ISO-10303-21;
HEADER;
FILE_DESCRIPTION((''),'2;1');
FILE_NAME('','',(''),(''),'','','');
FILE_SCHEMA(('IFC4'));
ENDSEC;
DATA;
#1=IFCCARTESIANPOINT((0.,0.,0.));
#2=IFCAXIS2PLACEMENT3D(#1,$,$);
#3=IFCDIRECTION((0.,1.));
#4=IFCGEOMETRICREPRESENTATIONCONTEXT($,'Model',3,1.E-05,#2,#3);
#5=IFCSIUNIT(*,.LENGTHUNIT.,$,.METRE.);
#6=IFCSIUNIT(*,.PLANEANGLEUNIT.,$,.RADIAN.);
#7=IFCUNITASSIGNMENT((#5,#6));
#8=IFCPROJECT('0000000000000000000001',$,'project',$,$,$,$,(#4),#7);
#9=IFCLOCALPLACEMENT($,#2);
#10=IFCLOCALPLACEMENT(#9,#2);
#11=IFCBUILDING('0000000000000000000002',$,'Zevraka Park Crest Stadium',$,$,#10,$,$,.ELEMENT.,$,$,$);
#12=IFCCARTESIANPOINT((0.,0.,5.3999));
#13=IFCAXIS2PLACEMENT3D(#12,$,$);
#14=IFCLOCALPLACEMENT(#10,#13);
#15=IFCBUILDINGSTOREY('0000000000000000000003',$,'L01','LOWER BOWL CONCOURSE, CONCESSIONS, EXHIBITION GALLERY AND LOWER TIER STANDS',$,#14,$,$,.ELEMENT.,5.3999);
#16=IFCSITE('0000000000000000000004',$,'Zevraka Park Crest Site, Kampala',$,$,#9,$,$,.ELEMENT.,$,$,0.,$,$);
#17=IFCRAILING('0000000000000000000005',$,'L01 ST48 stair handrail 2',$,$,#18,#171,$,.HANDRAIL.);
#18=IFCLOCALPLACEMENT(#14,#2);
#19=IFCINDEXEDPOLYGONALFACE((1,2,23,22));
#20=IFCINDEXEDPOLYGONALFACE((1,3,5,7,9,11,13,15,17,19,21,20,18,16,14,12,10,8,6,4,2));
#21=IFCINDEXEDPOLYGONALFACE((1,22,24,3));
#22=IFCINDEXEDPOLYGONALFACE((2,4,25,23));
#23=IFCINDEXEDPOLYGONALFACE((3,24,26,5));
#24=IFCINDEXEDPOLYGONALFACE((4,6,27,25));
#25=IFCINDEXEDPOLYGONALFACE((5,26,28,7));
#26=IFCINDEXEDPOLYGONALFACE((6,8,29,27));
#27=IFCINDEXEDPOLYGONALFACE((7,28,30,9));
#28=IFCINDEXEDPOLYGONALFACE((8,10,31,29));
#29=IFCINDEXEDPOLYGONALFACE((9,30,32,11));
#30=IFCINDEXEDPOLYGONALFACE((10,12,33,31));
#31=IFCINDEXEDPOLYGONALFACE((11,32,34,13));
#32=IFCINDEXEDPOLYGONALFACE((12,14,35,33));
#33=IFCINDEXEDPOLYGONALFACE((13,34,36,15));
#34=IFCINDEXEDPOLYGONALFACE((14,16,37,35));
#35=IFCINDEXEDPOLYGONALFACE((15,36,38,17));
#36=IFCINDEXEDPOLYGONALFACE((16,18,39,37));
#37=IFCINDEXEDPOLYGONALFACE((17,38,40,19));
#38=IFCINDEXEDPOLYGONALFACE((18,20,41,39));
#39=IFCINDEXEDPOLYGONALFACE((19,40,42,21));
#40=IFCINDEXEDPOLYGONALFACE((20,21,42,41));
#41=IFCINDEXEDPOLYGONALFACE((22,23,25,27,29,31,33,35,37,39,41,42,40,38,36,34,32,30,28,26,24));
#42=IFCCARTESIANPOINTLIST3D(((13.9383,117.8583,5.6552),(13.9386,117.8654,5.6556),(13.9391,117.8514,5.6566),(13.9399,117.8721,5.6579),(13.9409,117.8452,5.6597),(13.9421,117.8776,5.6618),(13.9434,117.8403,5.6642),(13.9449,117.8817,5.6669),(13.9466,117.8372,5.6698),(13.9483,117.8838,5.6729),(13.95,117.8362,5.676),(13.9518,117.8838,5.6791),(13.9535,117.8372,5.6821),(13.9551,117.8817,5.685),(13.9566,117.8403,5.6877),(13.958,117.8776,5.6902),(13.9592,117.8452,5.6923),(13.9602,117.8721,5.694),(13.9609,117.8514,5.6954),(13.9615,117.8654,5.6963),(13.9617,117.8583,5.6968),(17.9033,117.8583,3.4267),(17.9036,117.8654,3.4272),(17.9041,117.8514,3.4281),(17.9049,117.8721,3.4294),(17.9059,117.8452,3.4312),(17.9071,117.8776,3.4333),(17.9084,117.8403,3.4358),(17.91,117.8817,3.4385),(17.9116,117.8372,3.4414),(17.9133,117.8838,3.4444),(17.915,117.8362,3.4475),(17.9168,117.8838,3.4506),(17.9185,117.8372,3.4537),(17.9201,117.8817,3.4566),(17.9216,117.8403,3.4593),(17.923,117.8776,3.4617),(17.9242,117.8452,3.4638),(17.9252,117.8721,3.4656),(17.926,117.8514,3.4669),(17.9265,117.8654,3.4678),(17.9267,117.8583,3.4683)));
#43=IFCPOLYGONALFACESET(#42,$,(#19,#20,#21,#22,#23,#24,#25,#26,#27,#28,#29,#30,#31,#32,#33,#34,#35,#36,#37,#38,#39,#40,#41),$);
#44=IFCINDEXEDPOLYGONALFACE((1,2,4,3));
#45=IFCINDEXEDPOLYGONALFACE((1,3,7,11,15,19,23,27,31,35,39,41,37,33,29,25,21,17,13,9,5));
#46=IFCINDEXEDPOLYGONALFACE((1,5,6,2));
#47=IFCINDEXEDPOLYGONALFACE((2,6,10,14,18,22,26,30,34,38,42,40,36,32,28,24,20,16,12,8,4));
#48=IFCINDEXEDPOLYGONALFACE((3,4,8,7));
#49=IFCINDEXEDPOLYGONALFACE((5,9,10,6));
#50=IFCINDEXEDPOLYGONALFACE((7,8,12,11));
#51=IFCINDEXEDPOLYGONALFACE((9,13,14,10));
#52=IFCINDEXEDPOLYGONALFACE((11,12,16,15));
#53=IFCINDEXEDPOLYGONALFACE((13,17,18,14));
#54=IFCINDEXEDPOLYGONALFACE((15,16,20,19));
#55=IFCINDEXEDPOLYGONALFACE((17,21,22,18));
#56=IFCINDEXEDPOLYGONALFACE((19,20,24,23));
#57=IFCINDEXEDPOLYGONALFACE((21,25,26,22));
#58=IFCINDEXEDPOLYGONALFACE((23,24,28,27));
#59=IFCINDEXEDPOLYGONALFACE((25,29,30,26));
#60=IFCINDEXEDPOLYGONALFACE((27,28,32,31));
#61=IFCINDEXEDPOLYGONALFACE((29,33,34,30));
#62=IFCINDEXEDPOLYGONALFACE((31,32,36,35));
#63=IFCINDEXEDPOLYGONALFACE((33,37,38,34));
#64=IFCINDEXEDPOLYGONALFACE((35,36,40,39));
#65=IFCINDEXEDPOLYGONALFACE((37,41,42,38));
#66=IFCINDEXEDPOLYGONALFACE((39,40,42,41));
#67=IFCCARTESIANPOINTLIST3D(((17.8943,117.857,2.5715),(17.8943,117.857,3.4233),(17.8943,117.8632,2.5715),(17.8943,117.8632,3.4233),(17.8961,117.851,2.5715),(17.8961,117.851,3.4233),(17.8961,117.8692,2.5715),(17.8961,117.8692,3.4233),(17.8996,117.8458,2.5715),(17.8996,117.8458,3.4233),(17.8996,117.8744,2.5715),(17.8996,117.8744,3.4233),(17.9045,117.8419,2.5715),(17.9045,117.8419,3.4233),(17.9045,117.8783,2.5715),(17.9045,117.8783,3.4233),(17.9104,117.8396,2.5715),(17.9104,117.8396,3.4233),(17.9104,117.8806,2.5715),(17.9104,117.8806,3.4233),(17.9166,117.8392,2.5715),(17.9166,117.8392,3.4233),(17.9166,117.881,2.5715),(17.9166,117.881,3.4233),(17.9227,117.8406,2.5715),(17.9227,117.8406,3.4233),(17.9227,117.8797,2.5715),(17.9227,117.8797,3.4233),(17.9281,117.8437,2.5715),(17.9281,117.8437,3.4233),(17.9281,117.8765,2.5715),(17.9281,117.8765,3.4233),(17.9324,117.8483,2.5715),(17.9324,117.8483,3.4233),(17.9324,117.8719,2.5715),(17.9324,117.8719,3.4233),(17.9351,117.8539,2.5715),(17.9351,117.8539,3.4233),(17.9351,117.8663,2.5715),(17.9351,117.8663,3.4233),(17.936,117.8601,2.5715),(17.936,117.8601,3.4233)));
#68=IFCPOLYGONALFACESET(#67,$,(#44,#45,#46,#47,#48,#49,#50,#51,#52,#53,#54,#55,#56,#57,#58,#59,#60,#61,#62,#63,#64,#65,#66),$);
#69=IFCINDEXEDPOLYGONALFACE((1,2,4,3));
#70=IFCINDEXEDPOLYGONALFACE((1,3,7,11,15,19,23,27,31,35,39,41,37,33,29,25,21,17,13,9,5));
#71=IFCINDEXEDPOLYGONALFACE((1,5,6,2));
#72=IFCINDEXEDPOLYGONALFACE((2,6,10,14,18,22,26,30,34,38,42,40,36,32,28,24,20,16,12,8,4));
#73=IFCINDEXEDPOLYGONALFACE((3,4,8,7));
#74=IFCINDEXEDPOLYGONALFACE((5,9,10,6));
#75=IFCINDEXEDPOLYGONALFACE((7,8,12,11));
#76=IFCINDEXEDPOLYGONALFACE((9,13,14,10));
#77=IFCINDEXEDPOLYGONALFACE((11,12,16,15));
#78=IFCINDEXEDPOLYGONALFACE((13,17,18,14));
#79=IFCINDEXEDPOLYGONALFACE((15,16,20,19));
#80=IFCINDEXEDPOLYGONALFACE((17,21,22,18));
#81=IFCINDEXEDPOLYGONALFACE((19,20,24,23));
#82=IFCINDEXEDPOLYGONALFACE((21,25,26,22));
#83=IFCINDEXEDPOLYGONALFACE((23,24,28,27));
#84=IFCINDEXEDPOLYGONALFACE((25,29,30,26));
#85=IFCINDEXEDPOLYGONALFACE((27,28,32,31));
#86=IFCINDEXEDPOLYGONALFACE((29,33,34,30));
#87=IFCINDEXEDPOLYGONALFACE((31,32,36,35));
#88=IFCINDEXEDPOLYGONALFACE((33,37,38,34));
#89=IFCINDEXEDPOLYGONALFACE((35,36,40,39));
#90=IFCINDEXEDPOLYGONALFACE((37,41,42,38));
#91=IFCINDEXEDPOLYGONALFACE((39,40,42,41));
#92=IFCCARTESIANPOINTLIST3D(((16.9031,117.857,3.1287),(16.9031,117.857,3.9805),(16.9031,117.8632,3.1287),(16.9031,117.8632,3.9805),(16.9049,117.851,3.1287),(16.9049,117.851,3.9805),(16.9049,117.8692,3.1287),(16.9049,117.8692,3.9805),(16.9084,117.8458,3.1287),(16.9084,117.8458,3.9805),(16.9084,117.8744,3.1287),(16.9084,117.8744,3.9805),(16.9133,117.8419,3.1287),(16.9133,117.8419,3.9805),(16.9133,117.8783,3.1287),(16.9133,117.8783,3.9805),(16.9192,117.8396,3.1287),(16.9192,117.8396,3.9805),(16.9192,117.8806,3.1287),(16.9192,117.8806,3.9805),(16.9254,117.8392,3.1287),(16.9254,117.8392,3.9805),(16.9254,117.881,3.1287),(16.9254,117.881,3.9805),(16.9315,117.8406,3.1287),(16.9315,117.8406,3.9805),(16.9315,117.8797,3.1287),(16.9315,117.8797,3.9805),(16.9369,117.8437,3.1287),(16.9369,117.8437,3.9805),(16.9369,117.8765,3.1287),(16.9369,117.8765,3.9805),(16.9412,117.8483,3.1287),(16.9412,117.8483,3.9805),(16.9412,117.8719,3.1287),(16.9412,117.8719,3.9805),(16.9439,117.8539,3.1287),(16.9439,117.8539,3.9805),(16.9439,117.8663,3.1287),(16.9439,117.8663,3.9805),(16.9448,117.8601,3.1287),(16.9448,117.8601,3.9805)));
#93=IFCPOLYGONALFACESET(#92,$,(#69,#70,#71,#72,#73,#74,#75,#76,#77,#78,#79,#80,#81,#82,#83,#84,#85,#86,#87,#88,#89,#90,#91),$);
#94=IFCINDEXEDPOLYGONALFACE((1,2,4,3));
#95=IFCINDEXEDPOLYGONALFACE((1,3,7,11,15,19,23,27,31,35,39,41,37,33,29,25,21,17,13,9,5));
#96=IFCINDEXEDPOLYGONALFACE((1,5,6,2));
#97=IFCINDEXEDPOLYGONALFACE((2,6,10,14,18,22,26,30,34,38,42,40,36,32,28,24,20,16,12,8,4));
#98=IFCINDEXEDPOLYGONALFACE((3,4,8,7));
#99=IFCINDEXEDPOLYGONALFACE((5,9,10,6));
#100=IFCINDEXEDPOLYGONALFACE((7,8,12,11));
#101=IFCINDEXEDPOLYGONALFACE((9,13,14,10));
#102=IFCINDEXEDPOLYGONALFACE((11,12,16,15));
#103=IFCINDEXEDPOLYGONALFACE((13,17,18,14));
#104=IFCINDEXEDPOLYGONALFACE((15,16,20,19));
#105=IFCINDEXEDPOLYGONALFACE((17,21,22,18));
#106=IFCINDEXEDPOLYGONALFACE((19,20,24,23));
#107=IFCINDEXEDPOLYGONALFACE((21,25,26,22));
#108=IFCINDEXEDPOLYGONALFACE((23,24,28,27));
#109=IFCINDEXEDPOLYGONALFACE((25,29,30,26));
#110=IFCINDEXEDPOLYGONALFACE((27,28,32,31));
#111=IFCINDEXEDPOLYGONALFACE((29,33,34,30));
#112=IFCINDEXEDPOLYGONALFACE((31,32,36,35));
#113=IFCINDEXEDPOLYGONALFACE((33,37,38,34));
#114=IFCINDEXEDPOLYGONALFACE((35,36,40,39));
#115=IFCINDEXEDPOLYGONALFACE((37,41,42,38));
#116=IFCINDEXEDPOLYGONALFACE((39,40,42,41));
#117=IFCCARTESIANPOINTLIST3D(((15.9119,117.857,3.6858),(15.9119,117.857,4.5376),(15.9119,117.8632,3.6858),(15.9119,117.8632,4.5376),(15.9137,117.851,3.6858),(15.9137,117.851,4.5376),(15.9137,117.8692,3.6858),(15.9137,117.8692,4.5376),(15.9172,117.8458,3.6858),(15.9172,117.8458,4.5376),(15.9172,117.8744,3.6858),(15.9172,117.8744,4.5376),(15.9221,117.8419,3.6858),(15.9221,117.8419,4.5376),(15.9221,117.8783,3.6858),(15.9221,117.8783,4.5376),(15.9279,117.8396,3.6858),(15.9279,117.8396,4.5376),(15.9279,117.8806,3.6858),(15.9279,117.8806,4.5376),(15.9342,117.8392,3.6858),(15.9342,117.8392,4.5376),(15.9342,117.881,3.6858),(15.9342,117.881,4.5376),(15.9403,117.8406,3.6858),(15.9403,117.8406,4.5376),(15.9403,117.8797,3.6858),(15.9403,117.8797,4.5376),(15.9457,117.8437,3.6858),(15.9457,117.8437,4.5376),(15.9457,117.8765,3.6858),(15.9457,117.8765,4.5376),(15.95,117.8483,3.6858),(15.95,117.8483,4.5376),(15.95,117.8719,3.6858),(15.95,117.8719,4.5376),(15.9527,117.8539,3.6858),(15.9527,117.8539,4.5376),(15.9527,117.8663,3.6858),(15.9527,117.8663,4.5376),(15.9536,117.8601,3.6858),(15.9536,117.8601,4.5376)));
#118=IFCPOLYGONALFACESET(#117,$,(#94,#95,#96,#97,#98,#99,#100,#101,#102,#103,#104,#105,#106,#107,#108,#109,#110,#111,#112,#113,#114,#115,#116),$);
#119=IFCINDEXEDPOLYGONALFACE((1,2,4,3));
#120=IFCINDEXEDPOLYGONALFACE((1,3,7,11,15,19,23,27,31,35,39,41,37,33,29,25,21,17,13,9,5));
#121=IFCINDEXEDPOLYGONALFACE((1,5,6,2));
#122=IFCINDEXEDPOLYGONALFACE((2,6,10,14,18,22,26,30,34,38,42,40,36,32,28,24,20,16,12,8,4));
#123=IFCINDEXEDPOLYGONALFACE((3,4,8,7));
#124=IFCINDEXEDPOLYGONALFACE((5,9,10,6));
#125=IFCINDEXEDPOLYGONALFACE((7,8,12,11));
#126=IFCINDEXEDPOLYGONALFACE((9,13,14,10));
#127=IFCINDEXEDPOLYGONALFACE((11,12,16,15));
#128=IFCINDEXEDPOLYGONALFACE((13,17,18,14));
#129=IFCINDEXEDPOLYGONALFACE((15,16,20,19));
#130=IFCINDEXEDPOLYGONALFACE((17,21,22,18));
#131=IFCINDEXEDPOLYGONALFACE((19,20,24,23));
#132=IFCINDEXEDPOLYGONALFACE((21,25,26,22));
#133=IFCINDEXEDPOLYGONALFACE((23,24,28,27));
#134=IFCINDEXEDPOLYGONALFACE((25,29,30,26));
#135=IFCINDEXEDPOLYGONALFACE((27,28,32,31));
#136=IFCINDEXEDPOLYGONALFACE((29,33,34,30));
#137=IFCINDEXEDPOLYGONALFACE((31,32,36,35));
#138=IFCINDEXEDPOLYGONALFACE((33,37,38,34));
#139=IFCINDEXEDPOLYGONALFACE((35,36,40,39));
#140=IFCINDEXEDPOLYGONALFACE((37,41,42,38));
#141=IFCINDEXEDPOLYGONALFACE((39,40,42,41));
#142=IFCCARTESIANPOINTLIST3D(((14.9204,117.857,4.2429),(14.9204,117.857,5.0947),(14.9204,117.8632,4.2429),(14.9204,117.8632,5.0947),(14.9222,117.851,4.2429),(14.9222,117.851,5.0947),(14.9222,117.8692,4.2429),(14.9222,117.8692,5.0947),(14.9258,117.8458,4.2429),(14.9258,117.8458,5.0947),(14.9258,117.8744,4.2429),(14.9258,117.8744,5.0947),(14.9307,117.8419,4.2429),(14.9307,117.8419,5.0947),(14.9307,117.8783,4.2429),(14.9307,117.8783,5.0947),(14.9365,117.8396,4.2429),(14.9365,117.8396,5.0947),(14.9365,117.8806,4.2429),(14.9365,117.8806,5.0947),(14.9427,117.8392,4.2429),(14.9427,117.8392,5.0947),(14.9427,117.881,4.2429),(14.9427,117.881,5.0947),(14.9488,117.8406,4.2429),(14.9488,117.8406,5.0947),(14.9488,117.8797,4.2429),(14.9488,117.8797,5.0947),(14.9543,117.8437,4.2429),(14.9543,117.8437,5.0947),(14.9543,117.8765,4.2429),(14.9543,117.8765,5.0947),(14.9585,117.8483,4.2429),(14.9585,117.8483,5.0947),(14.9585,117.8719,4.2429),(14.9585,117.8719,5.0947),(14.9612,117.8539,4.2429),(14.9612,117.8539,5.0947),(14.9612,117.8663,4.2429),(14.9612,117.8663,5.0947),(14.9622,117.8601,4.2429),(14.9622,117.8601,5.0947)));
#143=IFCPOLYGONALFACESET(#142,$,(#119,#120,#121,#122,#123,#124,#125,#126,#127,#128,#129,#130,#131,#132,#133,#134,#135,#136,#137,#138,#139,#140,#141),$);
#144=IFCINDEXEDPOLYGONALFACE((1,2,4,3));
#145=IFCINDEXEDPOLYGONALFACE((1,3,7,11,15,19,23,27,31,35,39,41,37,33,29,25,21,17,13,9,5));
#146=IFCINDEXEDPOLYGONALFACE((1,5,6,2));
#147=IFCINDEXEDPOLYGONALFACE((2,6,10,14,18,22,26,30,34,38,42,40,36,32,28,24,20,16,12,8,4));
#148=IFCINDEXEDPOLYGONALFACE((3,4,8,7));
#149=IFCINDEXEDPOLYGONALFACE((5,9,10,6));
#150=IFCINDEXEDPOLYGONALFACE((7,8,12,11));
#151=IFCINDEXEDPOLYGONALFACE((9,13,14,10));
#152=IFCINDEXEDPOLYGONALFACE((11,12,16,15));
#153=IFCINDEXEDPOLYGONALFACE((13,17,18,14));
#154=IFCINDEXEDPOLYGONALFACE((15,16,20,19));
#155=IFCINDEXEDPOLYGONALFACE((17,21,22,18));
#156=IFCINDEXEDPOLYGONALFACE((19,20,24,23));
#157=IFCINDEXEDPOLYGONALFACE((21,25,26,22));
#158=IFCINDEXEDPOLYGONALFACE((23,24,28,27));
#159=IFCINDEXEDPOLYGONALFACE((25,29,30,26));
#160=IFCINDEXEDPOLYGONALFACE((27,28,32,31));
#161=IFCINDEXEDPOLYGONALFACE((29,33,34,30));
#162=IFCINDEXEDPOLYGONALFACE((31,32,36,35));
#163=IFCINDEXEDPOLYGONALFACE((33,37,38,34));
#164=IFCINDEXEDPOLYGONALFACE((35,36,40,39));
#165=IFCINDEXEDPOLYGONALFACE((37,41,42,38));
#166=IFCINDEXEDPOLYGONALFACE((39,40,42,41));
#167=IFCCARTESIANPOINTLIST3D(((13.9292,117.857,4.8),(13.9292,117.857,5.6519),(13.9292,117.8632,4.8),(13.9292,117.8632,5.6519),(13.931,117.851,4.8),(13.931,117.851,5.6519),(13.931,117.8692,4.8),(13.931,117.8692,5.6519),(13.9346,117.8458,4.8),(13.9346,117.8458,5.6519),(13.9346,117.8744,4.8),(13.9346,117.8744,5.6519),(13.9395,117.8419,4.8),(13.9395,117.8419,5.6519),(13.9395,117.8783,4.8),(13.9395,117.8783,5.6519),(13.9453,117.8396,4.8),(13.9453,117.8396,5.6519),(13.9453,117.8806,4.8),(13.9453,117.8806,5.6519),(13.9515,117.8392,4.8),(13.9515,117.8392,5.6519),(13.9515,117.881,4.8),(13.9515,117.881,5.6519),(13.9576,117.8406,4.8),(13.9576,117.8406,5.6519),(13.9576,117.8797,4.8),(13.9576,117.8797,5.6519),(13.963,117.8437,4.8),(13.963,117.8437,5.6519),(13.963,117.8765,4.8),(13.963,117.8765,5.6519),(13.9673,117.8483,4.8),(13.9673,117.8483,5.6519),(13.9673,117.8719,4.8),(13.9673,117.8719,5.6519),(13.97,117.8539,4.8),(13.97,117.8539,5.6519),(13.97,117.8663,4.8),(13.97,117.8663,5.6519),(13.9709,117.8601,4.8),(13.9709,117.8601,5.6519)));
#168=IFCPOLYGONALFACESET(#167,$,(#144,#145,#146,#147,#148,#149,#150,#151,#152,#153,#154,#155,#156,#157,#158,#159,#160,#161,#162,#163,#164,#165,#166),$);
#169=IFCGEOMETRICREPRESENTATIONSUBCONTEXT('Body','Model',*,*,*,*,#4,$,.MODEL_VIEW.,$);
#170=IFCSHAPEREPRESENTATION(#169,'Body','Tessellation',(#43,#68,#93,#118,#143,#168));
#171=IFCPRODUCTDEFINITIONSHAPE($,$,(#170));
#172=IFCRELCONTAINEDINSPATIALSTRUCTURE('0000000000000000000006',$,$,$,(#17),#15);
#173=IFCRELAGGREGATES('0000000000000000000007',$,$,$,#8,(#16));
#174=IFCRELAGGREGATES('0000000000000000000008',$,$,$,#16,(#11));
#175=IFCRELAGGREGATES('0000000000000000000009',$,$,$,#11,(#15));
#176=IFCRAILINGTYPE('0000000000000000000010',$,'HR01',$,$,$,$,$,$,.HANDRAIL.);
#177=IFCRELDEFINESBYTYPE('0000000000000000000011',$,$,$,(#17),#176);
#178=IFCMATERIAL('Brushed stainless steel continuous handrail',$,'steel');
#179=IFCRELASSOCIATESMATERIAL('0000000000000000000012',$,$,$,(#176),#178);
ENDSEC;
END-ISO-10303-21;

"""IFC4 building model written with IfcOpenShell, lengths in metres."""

from ifc_helpers import new_model, si_unit, direction, frame, origin, origin_2d, place, context, subcontext, project, spatial, circle, extrude, material, type_object, element, save


model = new_model("IFC4")

# Units and contexts
model_context = context("Model", 3, precision=1e-05, world=origin(), true_north=direction((0.0, 1.0)))
body_context = subcontext(model_context, "Body", "Model", "MODEL_VIEW")
ifc_project = project(units=[si_unit("LENGTHUNIT", "METRE"), si_unit("PLANEANGLEUNIT", "RADIAN")], contexts=[model_context])

# Site, building, storey
site_placement = place(None, origin())
site = spatial("IfcSite", under=ifc_project, at=site_placement, Name="Zevraka Park Crest Site, Kampala", CompositionType="ELEMENT", RefElevation=0.0)
building_placement = place(site_placement, origin())
building = spatial("IfcBuilding", under=site, at=building_placement, Name="Zevraka Park Crest Stadium", CompositionType="ELEMENT")
storey_placement = place(building_placement, frame((0.0, 0.0, 5.3999)))
storey = spatial("IfcBuildingStorey", under=building, at=storey_placement, Name="L01", Description="LOWER BOWL CONCOURSE, CONCESSIONS, EXHIBITION GALLERY AND LOWER TIER STANDS", CompositionType="ELEMENT", Elevation=5.3999)

# Railing
ifc_material_1 = material(Name="Brushed stainless steel continuous handrail", Category="steel")
railing_type_1 = type_object("IfcRailingType", Name="HR01", PredefinedType="HANDRAIL", material=ifc_material_1)
railing_1_placement = place(storey_placement, frame((17.915, 117.8601, 2.5715)))
element("IfcRailing", 1, at=railing_1_placement, inside=storey, type_object=railing_type_1, Name="L01 ST48 stair handrail 2", PredefinedType="HANDRAIL", context=body_context, shape_type="SweptSolid", body=[
    extrude(circle(Radius=0.0239, at=origin_2d()), frame((0.0, 0.0, 0.876), z_axis=(-0.871749, 0.0, 0.489953), x_axis=(0.0, -1.0, 0.0)), (0.0, 0.0, 1.0), 4.5483),
    extrude(circle(Radius=0.021, at=origin_2d()), origin(), (0.0, 0.0, 1.0), 0.8518),
    extrude(circle(Radius=0.021, at=origin_2d()), frame((-0.9912, 0.0, 0.5571)), (0.0, 0.0, 1.0), 0.8518),
    extrude(circle(Radius=0.021, at=origin_2d()), frame((-1.9824, 0.0, 1.1143)), (0.0, 0.0, 1.0), 0.8518),
    extrude(circle(Radius=0.021, at=origin_2d()), frame((-2.9739, 0.0, 1.6714)), (0.0, 0.0, 1.0), 0.8518),
    extrude(circle(Radius=0.021, at=origin_2d()), frame((-3.9651, 0.0, 2.2285)), (0.0, 0.0, 1.0), 0.8518),
])

save(model, "model.ifc")
